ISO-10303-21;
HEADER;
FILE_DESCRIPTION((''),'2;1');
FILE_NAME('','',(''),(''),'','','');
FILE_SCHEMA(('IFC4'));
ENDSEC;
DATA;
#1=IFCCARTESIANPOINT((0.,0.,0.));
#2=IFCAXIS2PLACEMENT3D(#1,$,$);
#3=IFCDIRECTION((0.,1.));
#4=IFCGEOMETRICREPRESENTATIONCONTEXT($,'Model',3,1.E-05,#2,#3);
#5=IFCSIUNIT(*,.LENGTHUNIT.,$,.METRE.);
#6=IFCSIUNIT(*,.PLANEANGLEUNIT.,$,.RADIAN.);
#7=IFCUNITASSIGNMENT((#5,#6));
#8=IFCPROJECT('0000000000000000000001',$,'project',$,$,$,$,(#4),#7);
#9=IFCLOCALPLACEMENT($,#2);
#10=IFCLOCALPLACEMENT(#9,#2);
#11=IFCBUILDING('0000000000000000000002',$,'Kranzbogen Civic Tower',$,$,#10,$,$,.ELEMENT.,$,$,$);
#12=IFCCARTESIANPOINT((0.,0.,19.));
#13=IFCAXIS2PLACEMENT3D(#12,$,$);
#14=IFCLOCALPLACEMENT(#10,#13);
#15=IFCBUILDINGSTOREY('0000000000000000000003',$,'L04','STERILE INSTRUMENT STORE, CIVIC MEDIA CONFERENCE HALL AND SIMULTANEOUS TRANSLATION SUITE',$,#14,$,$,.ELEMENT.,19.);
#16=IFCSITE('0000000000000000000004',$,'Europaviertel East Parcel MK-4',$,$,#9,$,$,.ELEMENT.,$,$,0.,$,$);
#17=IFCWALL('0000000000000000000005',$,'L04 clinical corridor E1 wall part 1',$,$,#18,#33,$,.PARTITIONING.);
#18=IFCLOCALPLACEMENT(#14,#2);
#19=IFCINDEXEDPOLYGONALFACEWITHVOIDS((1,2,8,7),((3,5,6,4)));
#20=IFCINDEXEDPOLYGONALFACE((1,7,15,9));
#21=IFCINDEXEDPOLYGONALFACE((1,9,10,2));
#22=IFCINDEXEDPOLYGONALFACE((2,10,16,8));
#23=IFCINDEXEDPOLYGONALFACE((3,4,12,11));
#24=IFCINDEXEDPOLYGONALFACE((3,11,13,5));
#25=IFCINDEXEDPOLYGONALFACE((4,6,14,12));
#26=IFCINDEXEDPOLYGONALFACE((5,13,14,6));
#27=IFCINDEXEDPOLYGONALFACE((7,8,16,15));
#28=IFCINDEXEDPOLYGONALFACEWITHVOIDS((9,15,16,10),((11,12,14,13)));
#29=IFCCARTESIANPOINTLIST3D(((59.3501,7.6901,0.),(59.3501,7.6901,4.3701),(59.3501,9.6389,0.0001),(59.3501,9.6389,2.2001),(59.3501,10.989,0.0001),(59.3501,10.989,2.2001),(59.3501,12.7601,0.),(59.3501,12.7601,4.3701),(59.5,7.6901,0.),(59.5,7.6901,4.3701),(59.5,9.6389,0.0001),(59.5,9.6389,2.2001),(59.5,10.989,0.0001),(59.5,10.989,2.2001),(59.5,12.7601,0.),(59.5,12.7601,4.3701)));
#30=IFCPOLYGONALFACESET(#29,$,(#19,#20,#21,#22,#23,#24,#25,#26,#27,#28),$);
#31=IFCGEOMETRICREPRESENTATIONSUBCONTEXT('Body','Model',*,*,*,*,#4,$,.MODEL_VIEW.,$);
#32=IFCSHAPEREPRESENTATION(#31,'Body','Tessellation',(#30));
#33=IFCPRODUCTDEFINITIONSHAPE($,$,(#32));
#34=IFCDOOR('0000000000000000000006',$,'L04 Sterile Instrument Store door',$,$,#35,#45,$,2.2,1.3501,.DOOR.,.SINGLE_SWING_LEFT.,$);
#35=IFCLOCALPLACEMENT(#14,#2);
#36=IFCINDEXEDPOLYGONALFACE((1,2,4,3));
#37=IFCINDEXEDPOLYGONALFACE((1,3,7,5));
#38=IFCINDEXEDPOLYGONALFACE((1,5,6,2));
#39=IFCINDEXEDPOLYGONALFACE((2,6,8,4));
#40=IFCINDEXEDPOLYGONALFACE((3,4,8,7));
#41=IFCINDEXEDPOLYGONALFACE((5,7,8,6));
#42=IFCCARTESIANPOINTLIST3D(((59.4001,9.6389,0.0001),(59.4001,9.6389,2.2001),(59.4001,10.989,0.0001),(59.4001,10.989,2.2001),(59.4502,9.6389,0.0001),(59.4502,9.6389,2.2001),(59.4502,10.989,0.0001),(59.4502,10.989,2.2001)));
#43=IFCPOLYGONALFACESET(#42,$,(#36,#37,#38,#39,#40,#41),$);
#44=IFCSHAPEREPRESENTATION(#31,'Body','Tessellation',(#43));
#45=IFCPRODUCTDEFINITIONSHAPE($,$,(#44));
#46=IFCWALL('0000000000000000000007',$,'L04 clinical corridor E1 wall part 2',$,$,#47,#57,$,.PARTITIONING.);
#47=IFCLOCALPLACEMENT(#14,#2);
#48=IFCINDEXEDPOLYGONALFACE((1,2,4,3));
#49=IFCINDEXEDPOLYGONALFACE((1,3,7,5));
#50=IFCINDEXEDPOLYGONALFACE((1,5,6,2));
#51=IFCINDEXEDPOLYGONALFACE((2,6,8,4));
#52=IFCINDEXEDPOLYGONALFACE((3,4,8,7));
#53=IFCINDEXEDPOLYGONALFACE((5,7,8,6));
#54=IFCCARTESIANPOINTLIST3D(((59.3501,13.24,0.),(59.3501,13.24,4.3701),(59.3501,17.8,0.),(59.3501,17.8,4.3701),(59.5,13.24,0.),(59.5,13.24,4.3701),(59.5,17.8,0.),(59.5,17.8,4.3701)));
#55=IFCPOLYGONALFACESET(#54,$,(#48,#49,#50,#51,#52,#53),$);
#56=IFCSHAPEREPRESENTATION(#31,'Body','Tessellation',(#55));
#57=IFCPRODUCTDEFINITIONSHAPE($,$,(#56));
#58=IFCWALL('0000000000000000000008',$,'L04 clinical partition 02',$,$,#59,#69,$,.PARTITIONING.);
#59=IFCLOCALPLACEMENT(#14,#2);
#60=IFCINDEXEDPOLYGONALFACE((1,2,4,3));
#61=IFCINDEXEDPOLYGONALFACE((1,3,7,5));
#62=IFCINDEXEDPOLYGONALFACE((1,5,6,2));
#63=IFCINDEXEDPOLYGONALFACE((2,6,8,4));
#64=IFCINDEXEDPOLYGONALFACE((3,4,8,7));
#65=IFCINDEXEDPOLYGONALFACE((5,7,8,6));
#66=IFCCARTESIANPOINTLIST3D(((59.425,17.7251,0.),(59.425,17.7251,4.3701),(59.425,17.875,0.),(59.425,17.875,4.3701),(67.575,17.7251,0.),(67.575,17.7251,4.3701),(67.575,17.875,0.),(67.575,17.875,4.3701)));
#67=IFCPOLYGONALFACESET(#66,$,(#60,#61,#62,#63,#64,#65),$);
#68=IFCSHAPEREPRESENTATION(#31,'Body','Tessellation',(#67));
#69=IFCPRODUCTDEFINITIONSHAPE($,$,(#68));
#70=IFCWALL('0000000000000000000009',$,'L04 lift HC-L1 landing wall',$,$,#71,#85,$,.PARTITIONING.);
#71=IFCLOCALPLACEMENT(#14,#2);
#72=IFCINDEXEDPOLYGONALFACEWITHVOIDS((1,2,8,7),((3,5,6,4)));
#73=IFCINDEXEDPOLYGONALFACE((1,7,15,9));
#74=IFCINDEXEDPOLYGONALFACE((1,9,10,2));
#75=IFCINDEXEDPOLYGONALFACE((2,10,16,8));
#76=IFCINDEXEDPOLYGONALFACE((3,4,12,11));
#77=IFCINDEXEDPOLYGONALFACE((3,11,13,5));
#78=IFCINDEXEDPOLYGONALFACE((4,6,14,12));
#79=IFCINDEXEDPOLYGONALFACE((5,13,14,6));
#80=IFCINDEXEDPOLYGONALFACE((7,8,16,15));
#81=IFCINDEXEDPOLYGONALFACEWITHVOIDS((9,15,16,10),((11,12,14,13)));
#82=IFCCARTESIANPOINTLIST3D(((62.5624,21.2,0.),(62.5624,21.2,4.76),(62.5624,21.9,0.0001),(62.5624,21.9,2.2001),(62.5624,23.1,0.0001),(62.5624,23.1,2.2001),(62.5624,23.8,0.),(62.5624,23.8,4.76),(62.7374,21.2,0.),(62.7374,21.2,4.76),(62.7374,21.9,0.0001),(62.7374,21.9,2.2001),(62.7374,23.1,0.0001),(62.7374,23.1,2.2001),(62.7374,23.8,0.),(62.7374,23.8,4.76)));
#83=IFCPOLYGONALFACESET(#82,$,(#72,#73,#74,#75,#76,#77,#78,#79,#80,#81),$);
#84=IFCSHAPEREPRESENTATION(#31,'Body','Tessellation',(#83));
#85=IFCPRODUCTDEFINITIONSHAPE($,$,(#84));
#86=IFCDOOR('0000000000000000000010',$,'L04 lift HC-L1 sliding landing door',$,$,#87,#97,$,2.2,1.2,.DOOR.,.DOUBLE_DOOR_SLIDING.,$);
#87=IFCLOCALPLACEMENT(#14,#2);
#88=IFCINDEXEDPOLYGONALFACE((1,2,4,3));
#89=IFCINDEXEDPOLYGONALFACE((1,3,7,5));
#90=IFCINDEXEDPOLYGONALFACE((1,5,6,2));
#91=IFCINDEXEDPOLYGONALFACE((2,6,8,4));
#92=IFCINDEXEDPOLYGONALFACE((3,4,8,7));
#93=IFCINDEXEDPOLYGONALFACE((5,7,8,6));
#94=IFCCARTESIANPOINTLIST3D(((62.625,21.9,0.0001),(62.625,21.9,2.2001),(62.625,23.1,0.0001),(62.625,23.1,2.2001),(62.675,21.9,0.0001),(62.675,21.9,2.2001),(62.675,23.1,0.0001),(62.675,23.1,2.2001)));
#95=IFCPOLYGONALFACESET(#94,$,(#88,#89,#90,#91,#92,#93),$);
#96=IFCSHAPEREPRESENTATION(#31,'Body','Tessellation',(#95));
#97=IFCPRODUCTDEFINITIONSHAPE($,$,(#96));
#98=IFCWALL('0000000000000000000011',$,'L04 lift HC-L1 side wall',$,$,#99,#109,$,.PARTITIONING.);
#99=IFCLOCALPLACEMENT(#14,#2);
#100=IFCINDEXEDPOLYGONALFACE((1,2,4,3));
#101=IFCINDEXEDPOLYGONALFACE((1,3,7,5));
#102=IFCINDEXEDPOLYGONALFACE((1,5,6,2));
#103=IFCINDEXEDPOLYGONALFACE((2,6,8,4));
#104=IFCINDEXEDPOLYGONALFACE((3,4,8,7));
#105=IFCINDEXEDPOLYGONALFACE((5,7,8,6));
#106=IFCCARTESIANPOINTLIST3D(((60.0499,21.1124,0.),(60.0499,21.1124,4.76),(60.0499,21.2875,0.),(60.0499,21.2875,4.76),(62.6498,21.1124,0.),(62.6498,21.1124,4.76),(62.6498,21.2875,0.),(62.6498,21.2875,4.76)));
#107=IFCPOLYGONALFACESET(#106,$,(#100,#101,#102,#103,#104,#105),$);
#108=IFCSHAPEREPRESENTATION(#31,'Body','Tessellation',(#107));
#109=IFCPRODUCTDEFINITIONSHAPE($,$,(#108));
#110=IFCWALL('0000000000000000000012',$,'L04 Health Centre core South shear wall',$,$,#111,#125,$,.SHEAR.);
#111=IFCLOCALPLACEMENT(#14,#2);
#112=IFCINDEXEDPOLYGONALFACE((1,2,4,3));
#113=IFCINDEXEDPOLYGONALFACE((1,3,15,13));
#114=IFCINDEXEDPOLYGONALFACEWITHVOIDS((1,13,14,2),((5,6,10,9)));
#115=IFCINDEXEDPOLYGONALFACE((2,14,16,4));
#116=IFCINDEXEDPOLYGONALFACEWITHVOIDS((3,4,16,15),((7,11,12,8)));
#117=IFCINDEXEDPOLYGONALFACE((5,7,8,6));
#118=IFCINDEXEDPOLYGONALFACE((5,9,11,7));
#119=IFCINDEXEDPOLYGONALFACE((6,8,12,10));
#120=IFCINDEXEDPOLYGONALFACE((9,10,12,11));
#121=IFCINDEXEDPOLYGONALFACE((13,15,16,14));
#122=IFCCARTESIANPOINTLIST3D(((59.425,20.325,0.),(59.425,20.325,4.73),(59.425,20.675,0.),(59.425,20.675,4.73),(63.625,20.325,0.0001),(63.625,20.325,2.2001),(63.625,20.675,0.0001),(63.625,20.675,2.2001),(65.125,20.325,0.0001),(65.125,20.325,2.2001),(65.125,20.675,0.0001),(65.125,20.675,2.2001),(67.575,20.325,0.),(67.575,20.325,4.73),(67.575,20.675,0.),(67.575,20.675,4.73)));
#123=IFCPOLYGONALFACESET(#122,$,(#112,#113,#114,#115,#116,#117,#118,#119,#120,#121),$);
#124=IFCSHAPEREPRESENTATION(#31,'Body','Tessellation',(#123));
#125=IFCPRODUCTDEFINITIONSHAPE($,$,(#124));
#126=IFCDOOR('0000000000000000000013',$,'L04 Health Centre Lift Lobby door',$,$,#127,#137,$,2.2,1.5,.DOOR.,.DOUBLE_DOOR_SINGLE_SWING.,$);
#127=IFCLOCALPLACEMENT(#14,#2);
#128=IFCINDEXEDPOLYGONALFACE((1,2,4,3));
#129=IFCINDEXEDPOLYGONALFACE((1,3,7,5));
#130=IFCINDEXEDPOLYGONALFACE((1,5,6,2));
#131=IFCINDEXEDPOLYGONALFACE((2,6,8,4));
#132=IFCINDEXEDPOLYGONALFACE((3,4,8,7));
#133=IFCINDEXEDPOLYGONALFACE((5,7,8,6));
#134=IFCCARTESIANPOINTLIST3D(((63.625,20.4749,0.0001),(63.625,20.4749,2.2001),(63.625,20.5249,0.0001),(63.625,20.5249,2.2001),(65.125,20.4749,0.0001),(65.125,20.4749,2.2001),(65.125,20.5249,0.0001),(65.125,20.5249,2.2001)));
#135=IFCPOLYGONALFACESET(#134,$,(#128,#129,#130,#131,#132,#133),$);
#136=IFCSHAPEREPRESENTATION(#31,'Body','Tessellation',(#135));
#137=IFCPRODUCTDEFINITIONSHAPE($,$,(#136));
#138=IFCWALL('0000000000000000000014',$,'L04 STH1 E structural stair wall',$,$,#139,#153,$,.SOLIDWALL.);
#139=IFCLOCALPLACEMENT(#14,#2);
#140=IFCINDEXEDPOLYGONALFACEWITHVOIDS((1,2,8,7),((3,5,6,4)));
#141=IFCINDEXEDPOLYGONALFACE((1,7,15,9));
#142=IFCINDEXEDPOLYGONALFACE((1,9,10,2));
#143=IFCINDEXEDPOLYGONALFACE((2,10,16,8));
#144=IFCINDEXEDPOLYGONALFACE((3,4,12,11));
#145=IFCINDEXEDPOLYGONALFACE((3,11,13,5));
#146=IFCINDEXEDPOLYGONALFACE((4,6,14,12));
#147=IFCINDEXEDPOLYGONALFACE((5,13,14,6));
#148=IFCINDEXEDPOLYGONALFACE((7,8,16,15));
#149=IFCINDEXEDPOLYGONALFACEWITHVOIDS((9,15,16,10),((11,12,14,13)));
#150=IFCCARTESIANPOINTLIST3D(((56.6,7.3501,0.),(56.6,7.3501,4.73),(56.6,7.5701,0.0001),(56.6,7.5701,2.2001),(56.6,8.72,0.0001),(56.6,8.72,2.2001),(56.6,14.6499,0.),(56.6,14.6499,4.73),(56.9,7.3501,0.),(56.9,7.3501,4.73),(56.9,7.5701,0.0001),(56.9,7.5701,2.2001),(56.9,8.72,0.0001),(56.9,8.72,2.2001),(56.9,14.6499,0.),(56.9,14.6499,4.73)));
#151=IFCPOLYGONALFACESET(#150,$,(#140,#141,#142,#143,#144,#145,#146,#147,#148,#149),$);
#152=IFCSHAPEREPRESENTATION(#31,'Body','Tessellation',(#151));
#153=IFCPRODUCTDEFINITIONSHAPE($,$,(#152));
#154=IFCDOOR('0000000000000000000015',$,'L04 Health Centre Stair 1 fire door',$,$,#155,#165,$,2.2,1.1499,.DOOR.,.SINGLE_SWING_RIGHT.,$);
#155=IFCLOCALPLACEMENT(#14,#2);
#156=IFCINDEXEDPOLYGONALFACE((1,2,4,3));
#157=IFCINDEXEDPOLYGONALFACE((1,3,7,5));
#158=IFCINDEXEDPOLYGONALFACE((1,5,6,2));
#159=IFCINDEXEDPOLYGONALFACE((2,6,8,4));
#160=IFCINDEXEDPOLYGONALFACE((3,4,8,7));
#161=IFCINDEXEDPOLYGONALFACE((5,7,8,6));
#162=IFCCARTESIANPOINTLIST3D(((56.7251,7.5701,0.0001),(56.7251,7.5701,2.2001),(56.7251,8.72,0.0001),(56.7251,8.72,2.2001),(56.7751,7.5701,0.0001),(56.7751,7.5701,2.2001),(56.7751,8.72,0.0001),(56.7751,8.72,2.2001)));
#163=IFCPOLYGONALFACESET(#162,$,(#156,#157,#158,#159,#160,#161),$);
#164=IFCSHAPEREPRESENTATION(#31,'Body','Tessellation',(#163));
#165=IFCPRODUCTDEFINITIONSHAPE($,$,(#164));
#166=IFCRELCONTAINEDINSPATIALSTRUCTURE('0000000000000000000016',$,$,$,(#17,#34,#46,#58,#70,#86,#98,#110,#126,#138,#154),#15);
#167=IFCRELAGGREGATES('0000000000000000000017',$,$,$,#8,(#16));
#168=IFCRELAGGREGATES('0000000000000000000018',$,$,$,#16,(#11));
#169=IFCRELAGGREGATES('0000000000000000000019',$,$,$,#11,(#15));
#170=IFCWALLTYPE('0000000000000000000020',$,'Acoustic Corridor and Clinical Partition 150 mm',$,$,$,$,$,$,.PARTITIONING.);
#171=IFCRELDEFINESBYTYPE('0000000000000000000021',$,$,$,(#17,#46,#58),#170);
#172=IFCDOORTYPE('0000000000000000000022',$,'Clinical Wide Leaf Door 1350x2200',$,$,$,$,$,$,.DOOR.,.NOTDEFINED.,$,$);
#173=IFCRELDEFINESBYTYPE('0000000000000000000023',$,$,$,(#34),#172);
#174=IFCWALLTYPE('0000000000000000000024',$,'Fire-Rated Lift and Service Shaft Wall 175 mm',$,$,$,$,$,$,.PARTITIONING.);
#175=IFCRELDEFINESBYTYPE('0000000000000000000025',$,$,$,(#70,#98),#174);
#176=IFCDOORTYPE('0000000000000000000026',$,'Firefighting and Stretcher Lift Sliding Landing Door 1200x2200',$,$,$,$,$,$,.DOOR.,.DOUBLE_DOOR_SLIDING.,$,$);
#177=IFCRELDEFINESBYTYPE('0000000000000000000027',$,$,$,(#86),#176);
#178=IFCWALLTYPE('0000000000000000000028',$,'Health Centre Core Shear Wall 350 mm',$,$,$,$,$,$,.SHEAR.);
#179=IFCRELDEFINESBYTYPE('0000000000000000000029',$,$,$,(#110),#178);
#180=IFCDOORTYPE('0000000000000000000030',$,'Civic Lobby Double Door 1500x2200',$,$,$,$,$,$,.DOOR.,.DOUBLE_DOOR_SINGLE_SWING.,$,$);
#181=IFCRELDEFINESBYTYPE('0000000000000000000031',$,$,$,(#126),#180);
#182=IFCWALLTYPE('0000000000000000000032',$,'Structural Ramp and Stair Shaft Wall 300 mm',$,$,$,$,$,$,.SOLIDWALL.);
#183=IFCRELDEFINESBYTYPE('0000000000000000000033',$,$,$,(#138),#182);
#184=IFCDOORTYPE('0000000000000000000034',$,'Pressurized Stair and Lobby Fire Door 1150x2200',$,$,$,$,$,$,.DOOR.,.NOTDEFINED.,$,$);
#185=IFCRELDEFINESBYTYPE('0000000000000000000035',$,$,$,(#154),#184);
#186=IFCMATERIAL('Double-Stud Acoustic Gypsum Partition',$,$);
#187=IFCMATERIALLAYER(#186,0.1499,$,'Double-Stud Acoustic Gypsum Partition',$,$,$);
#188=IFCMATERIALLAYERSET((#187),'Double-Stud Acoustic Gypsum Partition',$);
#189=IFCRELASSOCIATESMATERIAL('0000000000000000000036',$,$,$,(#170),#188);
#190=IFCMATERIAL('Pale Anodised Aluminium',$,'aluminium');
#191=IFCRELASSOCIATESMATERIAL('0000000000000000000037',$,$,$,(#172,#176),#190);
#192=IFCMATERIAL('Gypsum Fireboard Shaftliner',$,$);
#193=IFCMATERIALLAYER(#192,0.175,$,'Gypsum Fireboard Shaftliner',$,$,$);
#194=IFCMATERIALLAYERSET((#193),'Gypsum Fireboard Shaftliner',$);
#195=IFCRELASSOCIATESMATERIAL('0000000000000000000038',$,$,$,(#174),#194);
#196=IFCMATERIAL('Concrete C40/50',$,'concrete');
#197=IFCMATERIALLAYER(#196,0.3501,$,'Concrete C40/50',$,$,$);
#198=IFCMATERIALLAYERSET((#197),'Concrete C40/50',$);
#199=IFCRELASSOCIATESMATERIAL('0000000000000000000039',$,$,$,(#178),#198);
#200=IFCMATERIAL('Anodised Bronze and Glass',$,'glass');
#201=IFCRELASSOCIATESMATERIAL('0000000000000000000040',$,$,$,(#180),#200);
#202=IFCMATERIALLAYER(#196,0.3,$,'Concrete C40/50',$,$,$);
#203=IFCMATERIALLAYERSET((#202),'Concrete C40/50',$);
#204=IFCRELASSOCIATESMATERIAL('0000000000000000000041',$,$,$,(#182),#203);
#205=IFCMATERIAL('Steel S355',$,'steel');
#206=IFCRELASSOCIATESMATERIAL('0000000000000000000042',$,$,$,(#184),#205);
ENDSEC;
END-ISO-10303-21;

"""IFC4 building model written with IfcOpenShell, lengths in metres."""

from ifc_helpers import new_model, si_unit, direction, frame, frame_2d, origin, place, context, subcontext, project, spatial, rectangle, extrude, material, layer, layer_set, type_object, element, fill, save


model = new_model("IFC4")

# Units and contexts
model_context = context("Model", 3, precision=1e-05, world=origin(), true_north=direction((0.0, 1.0)))
body_context = subcontext(model_context, "Body", "Model", "MODEL_VIEW")
ifc_project = project(units=[si_unit("LENGTHUNIT", "METRE"), si_unit("PLANEANGLEUNIT", "RADIAN")], contexts=[model_context])

# Site, building, storey
site_placement = place(None, origin())
site = spatial("IfcSite", under=ifc_project, at=site_placement, Name="Europaviertel East Parcel MK-4", CompositionType="ELEMENT", RefElevation=0.0)
building_placement = place(site_placement, origin())
building = spatial("IfcBuilding", under=site, at=building_placement, Name="Kranzbogen Civic Tower", CompositionType="ELEMENT")
storey_placement = place(building_placement, frame((0.0, 0.0, 19.0)))
storey = spatial("IfcBuildingStorey", under=building, at=storey_placement, Name="L04", Description="STERILE INSTRUMENT STORE, CIVIC MEDIA CONFERENCE HALL AND SIMULTANEOUS TRANSLATION SUITE", CompositionType="ELEMENT", Elevation=19.0)

# Shared definitions
ifc_material_1 = material(Name="Steel S355", Category="steel")
ifc_material_2 = material(Name="Concrete C40/50", Category="concrete")

# Wall, opening, door
ifc_material_3 = material(Name="Double-Stud Acoustic Gypsum Partition")
ifc_layer_1 = layer(ifc_material_3, 0.1499, Name="Double-Stud Acoustic Gypsum Partition")
ifc_layer_set_1 = layer_set([ifc_layer_1], Name="Double-Stud Acoustic Gypsum Partition")
wall_type_1 = type_object("IfcWallType", Name="Acoustic Corridor and Clinical Partition 150 mm", PredefinedType="PARTITIONING", material=ifc_layer_set_1)
ifc_material_4 = material(Name="Pale Anodised Aluminium", Category="aluminium")
door_type_1 = type_object("IfcDoorType", Name="Clinical Wide Leaf Door 1350x2200", OperationType="NOTDEFINED", PredefinedType="DOOR", material=ifc_material_4)
wall_1_placement = place(storey_placement, frame((59.425, 7.6899, 0.0), z_axis=(0.0, 0.0, 1.0), x_axis=(0.0, 1.0, 0.0)))
wall_1 = element("IfcWall", 1, at=wall_1_placement, inside=storey, type_object=wall_type_1, Name="L04 clinical corridor E1 wall part 1", PredefinedType="PARTITIONING", context=body_context, shape_type="SweptSolid", body=[
    extrude(rectangle(XDim=5.0701, YDim=0.1499, at=frame_2d((2.5352, 0.0))), origin(), (0.0, 0.0, 1.0), 4.3701),
])
opening_1_placement = place(wall_1_placement, frame((1.949, 0.0, 0.0)))
opening_1 = element("IfcOpeningElement", 2, at=opening_1_placement, cuts=wall_1, PredefinedType="OPENING", context=body_context, shape_type="SweptSolid", body=[
    extrude(rectangle(XDim=1.3501, YDim=2.2, at=frame_2d((0.675, 1.1001))), frame((0.0, 0.085, 0.0), z_axis=(0.0, -1.0, 0.0), x_axis=(1.0, 0.0, 0.0)), (0.0, 0.0, 1.0), 0.1699),
])
door_1_placement = place(opening_1_placement, origin())
door_1 = element("IfcDoor", 3, at=door_1_placement, inside=storey, type_object=door_type_1, Name="L04 Sterile Instrument Store door", OperationType="SINGLE_SWING_LEFT", OverallHeight=2.2, OverallWidth=1.3501, PredefinedType="DOOR", context=body_context, shape_type="SweptSolid", body=[
    extrude(rectangle(XDim=1.3501, YDim=2.2, at=frame_2d((0.675, 1.1001))), frame((0.0, 0.0249, 0.0), z_axis=(0.0, -1.0, 0.0), x_axis=(1.0, 0.0, 0.0)), (0.0, 0.0, 1.0), 0.05),
])
fill(opening_1, door_1)

# Walls
wall_2_placement = place(storey_placement, frame((59.425, 13.24, 0.0), z_axis=(0.0, 0.0, 1.0), x_axis=(0.0, 1.0, 0.0)))
element("IfcWall", 4, at=wall_2_placement, inside=storey, type_object=wall_type_1, Name="L04 clinical corridor E1 wall part 2", PredefinedType="PARTITIONING", context=body_context, shape_type="SweptSolid", body=[
    extrude(rectangle(XDim=4.5601, YDim=0.1499, at=frame_2d((2.28, 0.0))), origin(), (0.0, 0.0, 1.0), 4.3701),
])
wall_3_placement = place(storey_placement, frame((59.425, 17.8, 0.0), z_axis=(0.0, 0.0, 1.0), x_axis=(1.0, 0.0, 0.0)))
element("IfcWall", 5, at=wall_3_placement, inside=storey, type_object=wall_type_1, Name="L04 clinical partition 02", PredefinedType="PARTITIONING", context=body_context, shape_type="SweptSolid", body=[
    extrude(rectangle(XDim=8.1499, YDim=0.1499, at=frame_2d((4.075, 0.0))), origin(), (0.0, 0.0, 1.0), 4.3701),
])

# Wall, opening, door
ifc_material_5 = material(Name="Gypsum Fireboard Shaftliner")
ifc_layer_2 = layer(ifc_material_5, 0.175, Name="Gypsum Fireboard Shaftliner")
ifc_layer_set_2 = layer_set([ifc_layer_2], Name="Gypsum Fireboard Shaftliner")
wall_type_2 = type_object("IfcWallType", Name="Fire-Rated Lift and Service Shaft Wall 175 mm", PredefinedType="PARTITIONING", material=ifc_layer_set_2)
wall_4_placement = place(storey_placement, frame((62.6499, 21.2, 0.0), z_axis=(0.0, 0.0, 1.0), x_axis=(0.0, 1.0, 0.0)))
wall_4 = element("IfcWall", 6, at=wall_4_placement, inside=storey, type_object=wall_type_2, Name="L04 lift HC-L1 landing wall", PredefinedType="PARTITIONING", context=body_context, shape_type="SweptSolid", body=[
    extrude(rectangle(XDim=2.6001, YDim=0.175, at=frame_2d((1.3, 0.0))), origin(), (0.0, 0.0, 1.0), 4.76),
])
opening_2_placement = place(wall_4_placement, frame((0.7, 0.0, 0.0)))
opening_2 = element("IfcOpeningElement", 7, at=opening_2_placement, cuts=wall_4, PredefinedType="OPENING", context=body_context, shape_type="SweptSolid", body=[
    extrude(rectangle(XDim=1.2, YDim=2.2, at=frame_2d((0.6001, 1.1001))), frame((0.0, 0.0977, 0.0), z_axis=(0.0, -1.0, 0.0), x_axis=(1.0, 0.0, 0.0)), (0.0, 0.0, 1.0), 0.1951),
])
door_type_2 = type_object("IfcDoorType", Name="Firefighting and Stretcher Lift Sliding Landing Door 1200x2200", OperationType="DOUBLE_DOOR_SLIDING", PredefinedType="DOOR", material=ifc_material_4)
door_2_placement = place(opening_2_placement, origin())
door_2 = element("IfcDoor", 8, at=door_2_placement, inside=storey, type_object=door_type_2, Name="L04 lift HC-L1 sliding landing door", OperationType="DOUBLE_DOOR_SLIDING", OverallHeight=2.2, OverallWidth=1.2, PredefinedType="DOOR", context=body_context, shape_type="SweptSolid", body=[
    extrude(rectangle(XDim=1.2, YDim=2.2, at=frame_2d((0.6001, 1.1001))), frame((0.0, 0.0249, 0.0), z_axis=(0.0, -1.0, 0.0), x_axis=(1.0, 0.0, 0.0)), (0.0, 0.0, 1.0), 0.05),
])
fill(opening_2, door_2)

# Wall
wall_5_placement = place(storey_placement, frame((60.05, 21.2, 0.0), z_axis=(0.0, 0.0, 1.0), x_axis=(1.0, 0.0, 0.0)))
element("IfcWall", 9, at=wall_5_placement, inside=storey, type_object=wall_type_2, Name="L04 lift HC-L1 side wall", PredefinedType="PARTITIONING", context=body_context, shape_type="SweptSolid", body=[
    extrude(rectangle(XDim=2.5999, YDim=0.175, at=frame_2d((1.2998, 0.0))), origin(), (0.0, 0.0, 1.0), 4.76),
])

# Walls, openings, doors
ifc_layer_3 = layer(ifc_material_2, 0.3501, Name="Concrete C40/50")
ifc_layer_set_3 = layer_set([ifc_layer_3], Name="Concrete C40/50")
wall_type_3 = type_object("IfcWallType", Name="Health Centre Core Shear Wall 350 mm", PredefinedType="SHEAR", material=ifc_layer_set_3)
wall_6_placement = place(storey_placement, frame((59.425, 20.5, 0.0), z_axis=(0.0, 0.0, 1.0), x_axis=(1.0, 0.0, 0.0)))
wall_6 = element("IfcWall", 10, at=wall_6_placement, inside=storey, type_object=wall_type_3, Name="L04 Health Centre core South shear wall", PredefinedType="SHEAR", context=body_context, shape_type="SweptSolid", body=[
    extrude(rectangle(XDim=8.1499, YDim=0.3501, at=frame_2d((4.075, 0.0))), origin(), (0.0, 0.0, 1.0), 4.73),
])
opening_3_placement = place(wall_6_placement, frame((4.2, 0.0, 0.0)))
opening_3 = element("IfcOpeningElement", 11, at=opening_3_placement, cuts=wall_6, PredefinedType="OPENING", context=body_context, shape_type="SweptSolid", body=[
    extrude(rectangle(XDim=1.5, YDim=2.2, at=frame_2d((0.75, 1.1001))), frame((0.0, 0.1851, 0.0), z_axis=(0.0, -1.0, 0.0), x_axis=(1.0, 0.0, 0.0)), (0.0, 0.0, 1.0), 0.3701),
])
ifc_material_6 = material(Name="Anodised Bronze and Glass", Category="glass")
door_type_3 = type_object("IfcDoorType", Name="Civic Lobby Double Door 1500x2200", OperationType="DOUBLE_DOOR_SINGLE_SWING", PredefinedType="DOOR", material=ifc_material_6)
door_3_placement = place(opening_3_placement, origin())
door_3 = element("IfcDoor", 12, at=door_3_placement, inside=storey, type_object=door_type_3, Name="L04 Health Centre Lift Lobby door", OperationType="DOUBLE_DOOR_SINGLE_SWING", OverallHeight=2.2, OverallWidth=1.5, PredefinedType="DOOR", context=body_context, shape_type="SweptSolid", body=[
    extrude(rectangle(XDim=1.5, YDim=2.2, at=frame_2d((0.75, 1.1001))), frame((0.0, 0.0249, 0.0), z_axis=(0.0, -1.0, 0.0), x_axis=(1.0, 0.0, 0.0)), (0.0, 0.0, 1.0), 0.05),
])
fill(opening_3, door_3)
ifc_layer_4 = layer(ifc_material_2, 0.3, Name="Concrete C40/50")
ifc_layer_set_4 = layer_set([ifc_layer_4], Name="Concrete C40/50")
wall_type_4 = type_object("IfcWallType", Name="Structural Ramp and Stair Shaft Wall 300 mm", PredefinedType="SOLIDWALL", material=ifc_layer_set_4)
wall_7_placement = place(storey_placement, frame((56.75, 7.3501, 0.0), z_axis=(0.0, 0.0, 1.0), x_axis=(0.0, 1.0, 0.0)))
wall_7 = element("IfcWall", 13, at=wall_7_placement, inside=storey, type_object=wall_type_4, Name="L04 STH1 E structural stair wall", PredefinedType="SOLIDWALL", context=body_context, shape_type="SweptSolid", body=[
    extrude(rectangle(XDim=7.2998, YDim=0.3, at=frame_2d((3.6499, 0.0))), origin(), (0.0, 0.0, 1.0), 4.73),
])
opening_4_placement = place(wall_7_placement, frame((0.22, 0.0, 0.0)))
opening_4 = element("IfcOpeningElement", 14, at=opening_4_placement, cuts=wall_7, PredefinedType="OPENING", context=body_context, shape_type="SweptSolid", body=[
    extrude(rectangle(XDim=1.1499, YDim=2.2, at=frame_2d((0.575, 1.1001))), frame((0.0, 0.1602, 0.0), z_axis=(0.0, -1.0, 0.0), x_axis=(1.0, 0.0, 0.0)), (0.0, 0.0, 1.0), 0.3201),
])
door_type_4 = type_object("IfcDoorType", Name="Pressurized Stair and Lobby Fire Door 1150x2200", OperationType="NOTDEFINED", PredefinedType="DOOR", material=ifc_material_1)
door_4_placement = place(opening_4_placement, origin())
door_4 = element("IfcDoor", 15, at=door_4_placement, inside=storey, type_object=door_type_4, Name="L04 Health Centre Stair 1 fire door", OperationType="SINGLE_SWING_RIGHT", OverallHeight=2.2, OverallWidth=1.1499, PredefinedType="DOOR", context=body_context, shape_type="SweptSolid", body=[
    extrude(rectangle(XDim=1.1499, YDim=2.2, at=frame_2d((0.575, 1.1001))), frame((0.0, 0.0249, 0.0), z_axis=(0.0, -1.0, 0.0), x_axis=(1.0, 0.0, 0.0)), (0.0, 0.0, 1.0), 0.05),
])
fill(opening_4, door_4)

save(model, "model.ifc")
